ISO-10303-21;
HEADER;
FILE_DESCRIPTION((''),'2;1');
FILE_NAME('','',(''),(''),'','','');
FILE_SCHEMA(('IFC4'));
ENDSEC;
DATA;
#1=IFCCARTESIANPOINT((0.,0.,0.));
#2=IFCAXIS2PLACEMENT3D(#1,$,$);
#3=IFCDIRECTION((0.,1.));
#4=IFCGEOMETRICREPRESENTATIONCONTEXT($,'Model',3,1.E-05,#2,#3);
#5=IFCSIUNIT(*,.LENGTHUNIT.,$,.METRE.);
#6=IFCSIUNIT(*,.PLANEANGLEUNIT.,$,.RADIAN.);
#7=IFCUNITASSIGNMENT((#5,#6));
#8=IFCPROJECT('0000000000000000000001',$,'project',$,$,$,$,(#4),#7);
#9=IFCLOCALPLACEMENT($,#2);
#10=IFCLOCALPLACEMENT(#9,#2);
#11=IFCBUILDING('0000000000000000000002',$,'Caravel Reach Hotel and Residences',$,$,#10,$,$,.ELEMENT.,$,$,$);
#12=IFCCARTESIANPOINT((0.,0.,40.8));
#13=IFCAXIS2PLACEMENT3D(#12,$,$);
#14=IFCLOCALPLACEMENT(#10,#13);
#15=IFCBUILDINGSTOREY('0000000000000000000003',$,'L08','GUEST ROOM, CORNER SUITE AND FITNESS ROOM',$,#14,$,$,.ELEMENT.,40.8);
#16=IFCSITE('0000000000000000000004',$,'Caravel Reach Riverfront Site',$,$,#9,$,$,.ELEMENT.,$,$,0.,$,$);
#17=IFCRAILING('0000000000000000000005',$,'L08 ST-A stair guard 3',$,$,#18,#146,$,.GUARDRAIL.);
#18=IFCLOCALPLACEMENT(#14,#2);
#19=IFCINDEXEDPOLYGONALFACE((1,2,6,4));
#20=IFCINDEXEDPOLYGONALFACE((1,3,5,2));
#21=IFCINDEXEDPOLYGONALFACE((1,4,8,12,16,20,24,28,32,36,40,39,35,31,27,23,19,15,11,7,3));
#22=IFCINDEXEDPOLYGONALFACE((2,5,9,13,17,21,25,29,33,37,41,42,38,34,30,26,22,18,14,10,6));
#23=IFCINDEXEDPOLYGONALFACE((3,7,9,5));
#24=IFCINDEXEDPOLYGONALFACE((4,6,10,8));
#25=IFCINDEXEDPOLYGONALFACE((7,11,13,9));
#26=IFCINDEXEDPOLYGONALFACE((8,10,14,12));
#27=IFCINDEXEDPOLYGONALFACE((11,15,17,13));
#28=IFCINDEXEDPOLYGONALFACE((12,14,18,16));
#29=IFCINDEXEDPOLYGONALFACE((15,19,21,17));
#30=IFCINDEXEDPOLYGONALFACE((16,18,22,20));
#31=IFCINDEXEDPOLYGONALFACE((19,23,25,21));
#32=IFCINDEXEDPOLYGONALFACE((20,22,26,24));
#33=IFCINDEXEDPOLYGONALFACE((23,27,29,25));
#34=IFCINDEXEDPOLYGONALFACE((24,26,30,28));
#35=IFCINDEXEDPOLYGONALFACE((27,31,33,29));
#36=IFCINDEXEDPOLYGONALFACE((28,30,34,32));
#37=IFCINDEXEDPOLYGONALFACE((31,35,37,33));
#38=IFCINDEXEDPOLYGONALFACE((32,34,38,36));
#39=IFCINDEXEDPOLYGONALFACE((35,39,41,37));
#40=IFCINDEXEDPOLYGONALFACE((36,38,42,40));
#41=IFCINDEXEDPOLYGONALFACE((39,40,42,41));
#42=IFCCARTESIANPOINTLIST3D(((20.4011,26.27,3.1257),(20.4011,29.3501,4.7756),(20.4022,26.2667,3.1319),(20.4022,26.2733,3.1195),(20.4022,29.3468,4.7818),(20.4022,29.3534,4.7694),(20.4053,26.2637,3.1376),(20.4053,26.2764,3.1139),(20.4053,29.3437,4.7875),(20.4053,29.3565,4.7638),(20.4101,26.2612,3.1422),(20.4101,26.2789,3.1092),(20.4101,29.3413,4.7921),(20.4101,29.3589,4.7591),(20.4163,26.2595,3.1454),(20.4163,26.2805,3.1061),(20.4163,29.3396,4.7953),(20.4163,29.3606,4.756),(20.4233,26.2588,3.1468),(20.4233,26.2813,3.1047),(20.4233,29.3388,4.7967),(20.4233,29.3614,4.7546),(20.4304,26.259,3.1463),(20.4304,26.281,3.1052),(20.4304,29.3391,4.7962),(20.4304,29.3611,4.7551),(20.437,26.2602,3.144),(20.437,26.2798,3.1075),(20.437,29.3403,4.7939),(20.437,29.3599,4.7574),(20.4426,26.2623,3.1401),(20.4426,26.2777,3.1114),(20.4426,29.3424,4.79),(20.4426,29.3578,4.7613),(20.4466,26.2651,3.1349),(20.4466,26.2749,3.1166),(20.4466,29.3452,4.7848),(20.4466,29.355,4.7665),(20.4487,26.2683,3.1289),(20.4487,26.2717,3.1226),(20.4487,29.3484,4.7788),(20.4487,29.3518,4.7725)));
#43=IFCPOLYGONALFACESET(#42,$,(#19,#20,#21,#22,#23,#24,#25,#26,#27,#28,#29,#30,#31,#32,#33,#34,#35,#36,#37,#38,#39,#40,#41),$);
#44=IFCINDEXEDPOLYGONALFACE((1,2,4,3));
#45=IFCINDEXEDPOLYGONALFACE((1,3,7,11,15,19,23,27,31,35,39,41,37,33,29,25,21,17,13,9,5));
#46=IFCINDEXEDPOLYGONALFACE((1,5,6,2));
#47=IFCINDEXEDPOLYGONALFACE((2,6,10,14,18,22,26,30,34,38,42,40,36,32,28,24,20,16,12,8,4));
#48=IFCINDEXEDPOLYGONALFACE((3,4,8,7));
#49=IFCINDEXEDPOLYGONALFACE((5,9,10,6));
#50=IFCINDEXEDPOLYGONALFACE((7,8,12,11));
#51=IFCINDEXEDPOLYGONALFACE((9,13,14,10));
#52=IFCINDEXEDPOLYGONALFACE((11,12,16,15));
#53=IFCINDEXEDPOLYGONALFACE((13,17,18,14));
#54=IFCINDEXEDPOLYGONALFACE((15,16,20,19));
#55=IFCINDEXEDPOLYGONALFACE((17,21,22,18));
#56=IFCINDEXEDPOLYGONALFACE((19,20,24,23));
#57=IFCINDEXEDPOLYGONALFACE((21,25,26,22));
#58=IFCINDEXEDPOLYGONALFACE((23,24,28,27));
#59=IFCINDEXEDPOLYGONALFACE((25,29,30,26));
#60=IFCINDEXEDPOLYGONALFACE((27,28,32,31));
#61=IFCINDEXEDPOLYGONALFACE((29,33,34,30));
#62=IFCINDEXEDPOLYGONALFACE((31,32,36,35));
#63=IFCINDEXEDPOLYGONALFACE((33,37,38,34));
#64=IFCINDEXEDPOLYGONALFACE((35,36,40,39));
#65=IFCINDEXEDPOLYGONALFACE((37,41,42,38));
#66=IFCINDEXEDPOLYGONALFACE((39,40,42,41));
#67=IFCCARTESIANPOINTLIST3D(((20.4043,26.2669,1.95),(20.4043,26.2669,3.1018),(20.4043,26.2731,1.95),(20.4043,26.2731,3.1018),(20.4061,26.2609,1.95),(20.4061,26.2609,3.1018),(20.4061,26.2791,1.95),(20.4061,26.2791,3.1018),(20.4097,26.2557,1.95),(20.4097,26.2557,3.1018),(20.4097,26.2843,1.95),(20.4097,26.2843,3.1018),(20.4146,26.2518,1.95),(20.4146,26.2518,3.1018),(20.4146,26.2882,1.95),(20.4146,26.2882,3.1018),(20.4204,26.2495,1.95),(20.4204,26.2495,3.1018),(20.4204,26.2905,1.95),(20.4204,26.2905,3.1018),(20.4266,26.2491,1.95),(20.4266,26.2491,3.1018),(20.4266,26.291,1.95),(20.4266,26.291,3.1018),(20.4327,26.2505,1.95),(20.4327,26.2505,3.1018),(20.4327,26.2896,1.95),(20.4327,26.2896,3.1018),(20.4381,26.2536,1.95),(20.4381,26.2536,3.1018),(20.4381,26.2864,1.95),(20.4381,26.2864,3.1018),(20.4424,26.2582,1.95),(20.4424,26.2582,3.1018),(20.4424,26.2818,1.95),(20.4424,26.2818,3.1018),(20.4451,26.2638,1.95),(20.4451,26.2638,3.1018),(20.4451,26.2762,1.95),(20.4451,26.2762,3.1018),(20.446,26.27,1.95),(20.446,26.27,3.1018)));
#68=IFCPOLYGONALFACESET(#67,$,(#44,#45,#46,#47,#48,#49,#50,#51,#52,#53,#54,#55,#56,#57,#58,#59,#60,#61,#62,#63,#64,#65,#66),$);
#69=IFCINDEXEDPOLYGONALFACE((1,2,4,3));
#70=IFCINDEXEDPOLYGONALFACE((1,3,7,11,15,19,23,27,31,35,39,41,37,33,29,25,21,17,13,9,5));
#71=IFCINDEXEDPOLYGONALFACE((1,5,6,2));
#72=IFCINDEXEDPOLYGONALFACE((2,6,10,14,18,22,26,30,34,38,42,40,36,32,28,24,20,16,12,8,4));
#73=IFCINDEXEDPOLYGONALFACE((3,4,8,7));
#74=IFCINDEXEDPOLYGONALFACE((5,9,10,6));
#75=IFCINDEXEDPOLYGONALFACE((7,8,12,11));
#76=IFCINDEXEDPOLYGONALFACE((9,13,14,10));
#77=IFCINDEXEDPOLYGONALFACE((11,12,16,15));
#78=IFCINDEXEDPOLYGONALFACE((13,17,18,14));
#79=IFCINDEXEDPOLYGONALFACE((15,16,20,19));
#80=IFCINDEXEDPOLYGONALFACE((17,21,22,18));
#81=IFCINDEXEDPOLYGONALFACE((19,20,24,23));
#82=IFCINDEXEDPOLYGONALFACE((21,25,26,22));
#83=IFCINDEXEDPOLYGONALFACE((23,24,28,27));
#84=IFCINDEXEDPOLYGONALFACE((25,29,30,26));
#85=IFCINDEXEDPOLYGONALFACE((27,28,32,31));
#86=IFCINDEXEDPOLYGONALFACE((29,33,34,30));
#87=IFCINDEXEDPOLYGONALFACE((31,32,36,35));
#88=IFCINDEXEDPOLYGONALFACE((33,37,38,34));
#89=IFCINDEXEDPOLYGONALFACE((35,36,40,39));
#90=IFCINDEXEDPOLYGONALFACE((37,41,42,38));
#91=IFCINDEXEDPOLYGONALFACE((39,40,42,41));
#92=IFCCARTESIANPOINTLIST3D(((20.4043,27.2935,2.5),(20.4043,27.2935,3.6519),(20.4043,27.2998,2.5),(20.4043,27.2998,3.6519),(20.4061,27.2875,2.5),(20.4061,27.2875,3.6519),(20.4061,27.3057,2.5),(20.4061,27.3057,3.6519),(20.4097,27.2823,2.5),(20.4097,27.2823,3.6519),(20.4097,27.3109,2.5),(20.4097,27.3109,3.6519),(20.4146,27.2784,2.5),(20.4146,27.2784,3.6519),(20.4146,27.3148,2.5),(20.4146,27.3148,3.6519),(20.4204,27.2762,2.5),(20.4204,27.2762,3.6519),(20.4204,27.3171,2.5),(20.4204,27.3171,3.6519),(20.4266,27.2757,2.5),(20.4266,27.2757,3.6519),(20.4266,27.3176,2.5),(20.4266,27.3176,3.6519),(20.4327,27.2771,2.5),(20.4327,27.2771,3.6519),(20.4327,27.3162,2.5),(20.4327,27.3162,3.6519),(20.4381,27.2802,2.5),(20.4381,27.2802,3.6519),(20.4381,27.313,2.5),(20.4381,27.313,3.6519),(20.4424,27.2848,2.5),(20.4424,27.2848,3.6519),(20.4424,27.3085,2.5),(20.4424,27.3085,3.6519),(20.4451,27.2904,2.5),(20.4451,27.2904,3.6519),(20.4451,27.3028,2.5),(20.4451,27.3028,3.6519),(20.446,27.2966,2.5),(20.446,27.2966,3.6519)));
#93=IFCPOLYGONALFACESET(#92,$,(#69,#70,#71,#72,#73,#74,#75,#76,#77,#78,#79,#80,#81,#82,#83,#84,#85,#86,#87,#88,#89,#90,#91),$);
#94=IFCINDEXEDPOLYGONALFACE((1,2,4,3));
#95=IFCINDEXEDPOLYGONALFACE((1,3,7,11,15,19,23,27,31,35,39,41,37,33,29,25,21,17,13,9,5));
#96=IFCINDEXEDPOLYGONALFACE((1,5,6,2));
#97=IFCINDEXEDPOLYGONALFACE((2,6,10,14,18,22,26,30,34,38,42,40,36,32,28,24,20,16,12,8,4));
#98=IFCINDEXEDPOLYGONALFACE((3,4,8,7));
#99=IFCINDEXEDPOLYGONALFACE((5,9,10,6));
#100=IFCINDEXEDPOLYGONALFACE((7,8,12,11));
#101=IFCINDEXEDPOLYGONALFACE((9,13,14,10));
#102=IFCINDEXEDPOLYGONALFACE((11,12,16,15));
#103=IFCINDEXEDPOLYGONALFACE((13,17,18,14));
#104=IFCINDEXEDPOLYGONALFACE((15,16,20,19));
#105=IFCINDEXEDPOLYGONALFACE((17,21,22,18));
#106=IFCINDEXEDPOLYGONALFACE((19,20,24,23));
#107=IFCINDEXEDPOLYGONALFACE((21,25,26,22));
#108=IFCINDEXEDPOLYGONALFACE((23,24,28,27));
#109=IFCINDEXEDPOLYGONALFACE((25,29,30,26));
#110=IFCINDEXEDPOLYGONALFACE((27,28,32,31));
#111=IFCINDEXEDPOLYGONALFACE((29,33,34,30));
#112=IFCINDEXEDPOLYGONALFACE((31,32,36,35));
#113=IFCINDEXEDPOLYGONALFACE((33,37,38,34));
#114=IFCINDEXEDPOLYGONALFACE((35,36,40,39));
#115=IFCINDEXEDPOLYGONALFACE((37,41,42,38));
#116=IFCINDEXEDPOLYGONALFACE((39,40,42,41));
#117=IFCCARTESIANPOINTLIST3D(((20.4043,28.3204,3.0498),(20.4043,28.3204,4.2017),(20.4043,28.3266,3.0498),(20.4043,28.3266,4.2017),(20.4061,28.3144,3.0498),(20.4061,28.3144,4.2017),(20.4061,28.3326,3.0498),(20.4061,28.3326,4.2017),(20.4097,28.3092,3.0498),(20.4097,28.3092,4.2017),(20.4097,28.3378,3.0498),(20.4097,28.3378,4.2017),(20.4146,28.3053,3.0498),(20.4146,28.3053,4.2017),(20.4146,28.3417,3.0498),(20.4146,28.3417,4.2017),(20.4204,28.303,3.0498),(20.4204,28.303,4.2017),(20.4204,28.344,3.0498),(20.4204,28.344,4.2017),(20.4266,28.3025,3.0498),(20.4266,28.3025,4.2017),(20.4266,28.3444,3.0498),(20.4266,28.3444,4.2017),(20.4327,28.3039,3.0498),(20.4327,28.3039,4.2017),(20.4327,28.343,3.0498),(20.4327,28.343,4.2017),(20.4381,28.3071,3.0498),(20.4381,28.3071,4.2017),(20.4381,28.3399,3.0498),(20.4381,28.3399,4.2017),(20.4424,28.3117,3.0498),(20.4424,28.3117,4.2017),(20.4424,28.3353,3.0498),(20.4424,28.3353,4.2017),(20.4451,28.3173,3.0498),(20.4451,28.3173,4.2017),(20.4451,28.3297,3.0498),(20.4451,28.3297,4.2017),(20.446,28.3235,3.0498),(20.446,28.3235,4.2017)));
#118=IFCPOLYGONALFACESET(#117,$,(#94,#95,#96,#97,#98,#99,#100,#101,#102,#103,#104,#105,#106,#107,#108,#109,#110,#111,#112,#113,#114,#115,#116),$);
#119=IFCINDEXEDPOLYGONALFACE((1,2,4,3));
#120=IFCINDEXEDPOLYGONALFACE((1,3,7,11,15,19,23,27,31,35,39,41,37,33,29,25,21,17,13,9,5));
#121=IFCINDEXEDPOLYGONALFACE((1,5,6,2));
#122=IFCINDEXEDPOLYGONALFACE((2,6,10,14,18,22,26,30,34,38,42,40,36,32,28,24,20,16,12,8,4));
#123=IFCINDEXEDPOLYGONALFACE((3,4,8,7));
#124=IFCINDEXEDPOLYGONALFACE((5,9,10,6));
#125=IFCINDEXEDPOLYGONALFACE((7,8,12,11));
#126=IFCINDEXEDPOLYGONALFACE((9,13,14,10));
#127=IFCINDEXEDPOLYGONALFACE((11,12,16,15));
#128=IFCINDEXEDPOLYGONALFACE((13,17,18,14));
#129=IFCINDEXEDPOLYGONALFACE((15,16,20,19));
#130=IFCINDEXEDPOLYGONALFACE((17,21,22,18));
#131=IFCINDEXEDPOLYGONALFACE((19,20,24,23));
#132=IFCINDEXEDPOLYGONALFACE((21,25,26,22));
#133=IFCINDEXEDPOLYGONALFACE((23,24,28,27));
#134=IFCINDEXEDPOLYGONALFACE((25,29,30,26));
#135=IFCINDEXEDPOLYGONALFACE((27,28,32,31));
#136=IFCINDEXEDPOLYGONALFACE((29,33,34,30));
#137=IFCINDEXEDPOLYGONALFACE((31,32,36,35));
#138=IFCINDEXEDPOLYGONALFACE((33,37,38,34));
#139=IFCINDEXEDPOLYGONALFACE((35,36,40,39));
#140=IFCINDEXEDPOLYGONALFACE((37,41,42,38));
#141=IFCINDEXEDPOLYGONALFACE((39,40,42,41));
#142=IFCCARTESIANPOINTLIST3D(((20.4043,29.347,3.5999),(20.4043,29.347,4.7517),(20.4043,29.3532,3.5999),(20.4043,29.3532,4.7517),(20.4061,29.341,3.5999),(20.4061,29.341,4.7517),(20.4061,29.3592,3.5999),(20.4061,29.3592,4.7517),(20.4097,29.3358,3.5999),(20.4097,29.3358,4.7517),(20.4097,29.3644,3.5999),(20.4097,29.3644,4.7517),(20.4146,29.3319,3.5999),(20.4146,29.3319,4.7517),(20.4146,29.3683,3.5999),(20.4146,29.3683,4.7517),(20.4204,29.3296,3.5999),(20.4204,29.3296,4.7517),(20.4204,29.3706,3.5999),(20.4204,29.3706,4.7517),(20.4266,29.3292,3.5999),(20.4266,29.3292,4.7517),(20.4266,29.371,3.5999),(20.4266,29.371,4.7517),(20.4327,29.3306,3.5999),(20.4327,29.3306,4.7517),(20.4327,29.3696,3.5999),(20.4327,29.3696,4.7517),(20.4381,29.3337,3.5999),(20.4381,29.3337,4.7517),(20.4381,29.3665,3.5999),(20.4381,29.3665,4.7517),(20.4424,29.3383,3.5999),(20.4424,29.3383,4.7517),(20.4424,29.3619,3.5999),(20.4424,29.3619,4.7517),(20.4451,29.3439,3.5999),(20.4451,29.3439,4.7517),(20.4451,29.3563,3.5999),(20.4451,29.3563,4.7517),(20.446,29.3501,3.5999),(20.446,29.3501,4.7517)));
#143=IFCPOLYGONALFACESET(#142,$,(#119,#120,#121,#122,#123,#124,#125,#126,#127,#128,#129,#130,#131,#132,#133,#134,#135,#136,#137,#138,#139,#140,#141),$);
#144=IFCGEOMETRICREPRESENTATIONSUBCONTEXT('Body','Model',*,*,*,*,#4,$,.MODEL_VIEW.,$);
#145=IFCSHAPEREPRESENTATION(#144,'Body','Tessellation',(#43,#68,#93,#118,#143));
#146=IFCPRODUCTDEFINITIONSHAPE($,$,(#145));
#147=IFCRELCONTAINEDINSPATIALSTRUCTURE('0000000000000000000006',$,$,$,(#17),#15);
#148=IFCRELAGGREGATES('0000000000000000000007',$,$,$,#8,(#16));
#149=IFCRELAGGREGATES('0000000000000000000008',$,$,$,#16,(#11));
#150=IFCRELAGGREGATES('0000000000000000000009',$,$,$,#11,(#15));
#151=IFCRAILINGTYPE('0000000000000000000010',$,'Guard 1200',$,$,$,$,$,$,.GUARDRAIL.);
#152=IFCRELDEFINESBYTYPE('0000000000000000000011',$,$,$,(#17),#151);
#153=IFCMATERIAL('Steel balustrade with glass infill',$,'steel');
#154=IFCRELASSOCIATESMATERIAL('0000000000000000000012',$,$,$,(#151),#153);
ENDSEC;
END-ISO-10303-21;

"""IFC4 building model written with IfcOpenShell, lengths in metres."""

from ifc_helpers import new_model, si_unit, direction, frame, origin, origin_2d, place, context, subcontext, project, spatial, circle, extrude, material, type_object, element, save


model = new_model("IFC4")

# Units and contexts
model_context = context("Model", 3, precision=1e-05, world=origin(), true_north=direction((0.0, 1.0)))
body_context = subcontext(model_context, "Body", "Model", "MODEL_VIEW")
ifc_project = project(units=[si_unit("LENGTHUNIT", "METRE"), si_unit("PLANEANGLEUNIT", "RADIAN")], contexts=[model_context])

# Site, building, storey
site_placement = place(None, origin())
site = spatial("IfcSite", under=ifc_project, at=site_placement, Name="Caravel Reach Riverfront Site", CompositionType="ELEMENT", RefElevation=0.0)
building_placement = place(site_placement, origin())
building = spatial("IfcBuilding", under=site, at=building_placement, Name="Caravel Reach Hotel and Residences", CompositionType="ELEMENT")
storey_placement = place(building_placement, frame((0.0, 0.0, 40.8)))
storey = spatial("IfcBuildingStorey", under=building, at=storey_placement, Name="L08", Description="GUEST ROOM, CORNER SUITE AND FITNESS ROOM", CompositionType="ELEMENT", Elevation=40.8)

# Railing
ifc_material_1 = material(Name="Steel balustrade with glass infill", Category="steel")
railing_type_1 = type_object("IfcRailingType", Name="Guard 1200", PredefinedType="GUARDRAIL", material=ifc_material_1)
railing_1_placement = place(storey_placement, frame((20.425, 26.27, 1.95)))
element("IfcRailing", 1, at=railing_1_placement, inside=storey, type_object=railing_type_1, Name="L08 ST-A stair guard 3", PredefinedType="GUARDRAIL", context=body_context, shape_type="SweptSolid", body=[
    extrude(circle(Radius=0.0239, at=origin_2d()), frame((0.0, 0.0, 1.1758), z_axis=(0.0, 0.881497, 0.47219), x_axis=(-1.0, 0.0, 0.0)), (0.0, 0.0, 1.0), 3.4941),
    extrude(circle(Radius=0.021, at=origin_2d()), origin(), (0.0, 0.0, 1.0), 1.1519),
    extrude(circle(Radius=0.021, at=origin_2d()), frame((0.0, 1.0266, 0.55)), (0.0, 0.0, 1.0), 1.1519),
    extrude(circle(Radius=0.021, at=origin_2d()), frame((0.0, 2.0535, 1.0999)), (0.0, 0.0, 1.0), 1.1519),
    extrude(circle(Radius=0.021, at=origin_2d()), frame((0.0, 3.0801, 1.6499)), (0.0, 0.0, 1.0), 1.1519),
])

save(model, "model.ifc")
